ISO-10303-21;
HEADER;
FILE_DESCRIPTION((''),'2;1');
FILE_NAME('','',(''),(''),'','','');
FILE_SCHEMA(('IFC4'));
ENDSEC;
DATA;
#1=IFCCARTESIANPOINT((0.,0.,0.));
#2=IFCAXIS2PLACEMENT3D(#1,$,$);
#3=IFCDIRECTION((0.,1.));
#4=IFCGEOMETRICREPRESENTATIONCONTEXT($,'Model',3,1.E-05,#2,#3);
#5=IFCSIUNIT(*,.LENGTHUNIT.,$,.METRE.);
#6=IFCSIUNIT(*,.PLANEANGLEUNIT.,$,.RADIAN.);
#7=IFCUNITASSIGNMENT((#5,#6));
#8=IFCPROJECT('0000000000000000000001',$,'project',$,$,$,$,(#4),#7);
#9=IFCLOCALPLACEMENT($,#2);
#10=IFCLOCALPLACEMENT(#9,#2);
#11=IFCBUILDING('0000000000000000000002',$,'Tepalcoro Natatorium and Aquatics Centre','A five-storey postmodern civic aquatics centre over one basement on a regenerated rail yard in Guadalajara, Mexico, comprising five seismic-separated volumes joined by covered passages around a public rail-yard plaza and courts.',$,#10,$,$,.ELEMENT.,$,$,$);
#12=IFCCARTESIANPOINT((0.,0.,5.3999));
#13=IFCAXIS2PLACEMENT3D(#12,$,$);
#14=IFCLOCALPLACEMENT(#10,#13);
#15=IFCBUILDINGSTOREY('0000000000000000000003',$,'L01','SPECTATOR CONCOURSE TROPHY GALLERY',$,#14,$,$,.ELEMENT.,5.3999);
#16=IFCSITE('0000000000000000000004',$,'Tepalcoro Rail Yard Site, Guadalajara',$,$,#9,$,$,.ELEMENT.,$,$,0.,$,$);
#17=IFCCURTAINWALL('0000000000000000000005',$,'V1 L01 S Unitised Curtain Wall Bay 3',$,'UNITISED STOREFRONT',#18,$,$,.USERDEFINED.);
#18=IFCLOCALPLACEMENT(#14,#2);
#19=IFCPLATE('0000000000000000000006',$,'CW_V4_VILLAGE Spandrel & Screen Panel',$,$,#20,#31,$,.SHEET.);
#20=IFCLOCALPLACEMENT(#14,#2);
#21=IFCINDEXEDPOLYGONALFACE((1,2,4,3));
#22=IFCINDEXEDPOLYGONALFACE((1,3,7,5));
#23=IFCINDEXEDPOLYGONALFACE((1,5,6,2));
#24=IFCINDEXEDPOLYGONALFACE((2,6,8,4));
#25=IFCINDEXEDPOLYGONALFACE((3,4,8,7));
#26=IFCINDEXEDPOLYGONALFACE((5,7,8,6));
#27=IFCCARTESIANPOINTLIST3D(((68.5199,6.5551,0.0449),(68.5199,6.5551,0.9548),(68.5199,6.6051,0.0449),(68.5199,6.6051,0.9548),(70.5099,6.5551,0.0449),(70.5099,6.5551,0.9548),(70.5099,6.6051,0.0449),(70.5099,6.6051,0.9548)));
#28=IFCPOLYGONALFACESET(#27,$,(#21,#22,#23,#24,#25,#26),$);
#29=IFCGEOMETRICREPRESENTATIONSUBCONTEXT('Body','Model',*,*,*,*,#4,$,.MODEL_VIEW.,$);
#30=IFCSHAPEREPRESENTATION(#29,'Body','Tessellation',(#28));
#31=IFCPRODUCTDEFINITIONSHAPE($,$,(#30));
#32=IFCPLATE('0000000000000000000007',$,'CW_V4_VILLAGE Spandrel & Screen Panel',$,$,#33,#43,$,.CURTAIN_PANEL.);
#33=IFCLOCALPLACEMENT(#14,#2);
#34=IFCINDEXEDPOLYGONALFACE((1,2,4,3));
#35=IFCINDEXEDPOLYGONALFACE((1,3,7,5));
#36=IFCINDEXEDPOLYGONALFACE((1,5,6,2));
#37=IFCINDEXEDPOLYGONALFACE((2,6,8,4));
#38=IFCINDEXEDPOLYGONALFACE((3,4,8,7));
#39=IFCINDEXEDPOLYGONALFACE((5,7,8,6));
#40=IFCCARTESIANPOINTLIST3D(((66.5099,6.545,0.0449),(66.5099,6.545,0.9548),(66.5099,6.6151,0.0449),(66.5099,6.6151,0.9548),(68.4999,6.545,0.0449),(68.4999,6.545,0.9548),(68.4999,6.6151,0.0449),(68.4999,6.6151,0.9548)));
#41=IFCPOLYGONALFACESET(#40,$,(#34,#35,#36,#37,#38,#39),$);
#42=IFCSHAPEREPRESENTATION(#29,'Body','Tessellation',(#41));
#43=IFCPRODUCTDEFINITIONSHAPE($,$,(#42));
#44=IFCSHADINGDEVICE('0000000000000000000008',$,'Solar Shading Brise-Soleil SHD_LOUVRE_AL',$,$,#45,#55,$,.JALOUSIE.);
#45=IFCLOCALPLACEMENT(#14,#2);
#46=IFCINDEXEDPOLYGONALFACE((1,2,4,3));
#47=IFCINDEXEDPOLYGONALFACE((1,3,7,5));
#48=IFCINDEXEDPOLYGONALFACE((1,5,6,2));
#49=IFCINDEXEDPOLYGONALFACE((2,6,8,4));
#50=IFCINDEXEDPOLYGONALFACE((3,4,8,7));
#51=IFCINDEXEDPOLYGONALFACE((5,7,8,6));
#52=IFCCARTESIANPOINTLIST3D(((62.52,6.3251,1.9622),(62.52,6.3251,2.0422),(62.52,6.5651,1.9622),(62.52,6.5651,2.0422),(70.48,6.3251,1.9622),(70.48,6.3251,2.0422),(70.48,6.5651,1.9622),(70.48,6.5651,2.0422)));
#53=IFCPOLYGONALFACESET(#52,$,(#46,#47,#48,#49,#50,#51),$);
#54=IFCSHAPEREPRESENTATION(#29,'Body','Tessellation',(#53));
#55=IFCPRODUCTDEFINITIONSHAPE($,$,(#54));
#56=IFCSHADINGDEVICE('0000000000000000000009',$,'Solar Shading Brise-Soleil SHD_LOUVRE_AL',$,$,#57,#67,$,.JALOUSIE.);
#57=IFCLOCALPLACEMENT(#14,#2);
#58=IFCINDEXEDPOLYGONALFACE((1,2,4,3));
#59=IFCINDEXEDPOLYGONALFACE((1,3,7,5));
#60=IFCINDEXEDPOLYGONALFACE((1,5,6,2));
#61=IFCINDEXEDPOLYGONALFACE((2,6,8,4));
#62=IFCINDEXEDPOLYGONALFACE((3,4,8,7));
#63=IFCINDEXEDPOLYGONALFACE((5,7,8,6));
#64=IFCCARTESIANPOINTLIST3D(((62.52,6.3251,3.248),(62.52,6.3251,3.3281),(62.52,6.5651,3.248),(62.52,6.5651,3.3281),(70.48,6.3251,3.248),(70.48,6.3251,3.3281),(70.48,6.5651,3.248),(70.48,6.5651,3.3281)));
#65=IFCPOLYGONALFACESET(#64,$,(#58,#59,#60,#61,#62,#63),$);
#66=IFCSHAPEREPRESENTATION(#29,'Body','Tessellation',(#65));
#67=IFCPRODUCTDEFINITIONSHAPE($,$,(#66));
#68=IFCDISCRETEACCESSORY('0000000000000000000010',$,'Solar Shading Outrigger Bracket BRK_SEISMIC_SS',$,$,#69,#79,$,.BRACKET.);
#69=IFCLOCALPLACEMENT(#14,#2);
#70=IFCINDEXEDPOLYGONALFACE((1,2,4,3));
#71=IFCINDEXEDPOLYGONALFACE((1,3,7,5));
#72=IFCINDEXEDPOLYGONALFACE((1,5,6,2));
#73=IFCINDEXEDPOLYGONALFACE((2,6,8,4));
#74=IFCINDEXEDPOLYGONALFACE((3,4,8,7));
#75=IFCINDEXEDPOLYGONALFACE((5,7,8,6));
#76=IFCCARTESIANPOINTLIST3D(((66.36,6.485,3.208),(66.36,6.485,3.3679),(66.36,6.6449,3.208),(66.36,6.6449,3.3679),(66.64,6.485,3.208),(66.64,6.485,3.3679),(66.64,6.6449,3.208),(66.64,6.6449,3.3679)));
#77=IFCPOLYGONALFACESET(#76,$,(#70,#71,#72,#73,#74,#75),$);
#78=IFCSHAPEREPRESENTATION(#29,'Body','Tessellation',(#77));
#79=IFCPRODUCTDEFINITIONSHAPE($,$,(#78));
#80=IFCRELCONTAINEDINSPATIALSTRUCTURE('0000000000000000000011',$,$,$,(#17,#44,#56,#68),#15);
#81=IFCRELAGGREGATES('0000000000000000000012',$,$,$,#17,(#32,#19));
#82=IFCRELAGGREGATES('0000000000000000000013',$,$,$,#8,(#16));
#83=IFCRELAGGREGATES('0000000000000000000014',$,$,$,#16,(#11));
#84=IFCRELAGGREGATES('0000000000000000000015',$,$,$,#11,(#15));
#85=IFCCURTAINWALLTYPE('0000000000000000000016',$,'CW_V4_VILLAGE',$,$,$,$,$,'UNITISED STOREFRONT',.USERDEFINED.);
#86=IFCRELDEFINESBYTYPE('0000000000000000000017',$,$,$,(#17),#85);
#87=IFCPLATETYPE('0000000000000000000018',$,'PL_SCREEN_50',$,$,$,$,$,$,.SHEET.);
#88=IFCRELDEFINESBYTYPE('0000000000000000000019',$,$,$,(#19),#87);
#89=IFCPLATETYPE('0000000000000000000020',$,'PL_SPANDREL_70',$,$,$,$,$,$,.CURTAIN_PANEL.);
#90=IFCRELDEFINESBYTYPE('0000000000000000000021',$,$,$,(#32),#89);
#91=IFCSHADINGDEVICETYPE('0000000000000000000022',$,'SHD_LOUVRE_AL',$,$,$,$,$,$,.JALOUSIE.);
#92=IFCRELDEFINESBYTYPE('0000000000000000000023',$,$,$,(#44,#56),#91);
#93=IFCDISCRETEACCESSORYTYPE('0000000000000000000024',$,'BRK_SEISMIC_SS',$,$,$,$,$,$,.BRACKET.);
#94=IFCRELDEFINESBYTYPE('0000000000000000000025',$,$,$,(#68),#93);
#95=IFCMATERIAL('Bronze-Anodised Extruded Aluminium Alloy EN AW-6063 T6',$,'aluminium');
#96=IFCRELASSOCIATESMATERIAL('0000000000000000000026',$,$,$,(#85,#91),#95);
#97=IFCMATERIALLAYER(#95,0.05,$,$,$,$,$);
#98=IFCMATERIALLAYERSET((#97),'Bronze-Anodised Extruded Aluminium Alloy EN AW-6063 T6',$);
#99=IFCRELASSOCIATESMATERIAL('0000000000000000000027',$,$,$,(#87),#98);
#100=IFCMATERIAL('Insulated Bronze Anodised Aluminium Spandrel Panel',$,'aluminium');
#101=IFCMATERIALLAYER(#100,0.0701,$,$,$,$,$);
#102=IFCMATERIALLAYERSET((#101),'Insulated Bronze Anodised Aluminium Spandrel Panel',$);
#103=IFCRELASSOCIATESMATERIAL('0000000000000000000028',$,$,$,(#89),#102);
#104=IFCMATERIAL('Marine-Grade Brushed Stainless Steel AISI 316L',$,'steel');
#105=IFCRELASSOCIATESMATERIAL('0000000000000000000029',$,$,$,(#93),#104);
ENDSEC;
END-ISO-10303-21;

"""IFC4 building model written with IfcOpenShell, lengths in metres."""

from ifc_helpers import new_model, si_unit, direction, frame, origin, origin_2d, place, context, subcontext, project, spatial, rectangle, extrude, material, layer, layer_set, type_object, element, aggregate, save


model = new_model("IFC4")

# Units and contexts
model_context = context("Model", 3, precision=1e-05, world=origin(), true_north=direction((0.0, 1.0)))
body_context = subcontext(model_context, "Body", "Model", "MODEL_VIEW")
ifc_project = project(units=[si_unit("LENGTHUNIT", "METRE"), si_unit("PLANEANGLEUNIT", "RADIAN")], contexts=[model_context])

# Site, building, storey
site_placement = place(None, origin())
site = spatial("IfcSite", under=ifc_project, at=site_placement, Name="Tepalcoro Rail Yard Site, Guadalajara", CompositionType="ELEMENT", RefElevation=0.0)
building_placement = place(site_placement, origin())
building = spatial("IfcBuilding", under=site, at=building_placement, Name="Tepalcoro Natatorium and Aquatics Centre", Description="A five-storey postmodern civic aquatics centre over one basement on a regenerated rail yard in Guadalajara, Mexico, comprising five seismic-separated volumes joined by covered passages around a public rail-yard plaza and courts.", CompositionType="ELEMENT")
storey_placement = place(building_placement, frame((0.0, 0.0, 5.3999)))
storey = spatial("IfcBuildingStorey", under=building, at=storey_placement, Name="L01", Description="SPECTATOR CONCOURSE TROPHY GALLERY", CompositionType="ELEMENT", Elevation=5.3999)

# Curtain wall
ifc_material_1 = material(Name="Bronze-Anodised Extruded Aluminium Alloy EN AW-6063 T6", Category="aluminium")
curtain_wall_type = type_object("IfcCurtainWallType", Name="CW_V4_VILLAGE", ElementType="UNITISED STOREFRONT", PredefinedType="USERDEFINED", material=ifc_material_1)
curtain_wall_placement = place(storey_placement, origin())
curtain_wall = element("IfcCurtainWall", 1, at=curtain_wall_placement, inside=storey, type_object=curtain_wall_type, Name="V1 L01 S Unitised Curtain Wall Bay 3", ObjectType="UNITISED STOREFRONT", PredefinedType="USERDEFINED")

# Plates
ifc_layer_1 = layer(ifc_material_1, 0.05)
ifc_layer_set_1 = layer_set([ifc_layer_1], Name="Bronze-Anodised Extruded Aluminium Alloy EN AW-6063 T6")
plate_type_1 = type_object("IfcPlateType", Name="PL_SCREEN_50", PredefinedType="SHEET", material=ifc_layer_set_1)
plate_1_placement = place(storey_placement, frame((69.5149, 6.5801, 0.0449), z_axis=(0.0, 0.0, 1.0), x_axis=(1.0, 0.0, 0.0)))
plate_1 = element("IfcPlate", 2, at=plate_1_placement, type_object=plate_type_1, Name="CW_V4_VILLAGE Spandrel & Screen Panel", PredefinedType="SHEET", context=body_context, shape_type="SweptSolid", body=[
    extrude(rectangle(XDim=1.99, YDim=0.05, at=origin_2d()), origin(), (0.0, 0.0, 1.0), 0.9099),
])
ifc_material_2 = material(Name="Insulated Bronze Anodised Aluminium Spandrel Panel", Category="aluminium")
ifc_layer_2 = layer(ifc_material_2, 0.0701)
ifc_layer_set_2 = layer_set([ifc_layer_2], Name="Insulated Bronze Anodised Aluminium Spandrel Panel")
plate_type_2 = type_object("IfcPlateType", Name="PL_SPANDREL_70", PredefinedType="CURTAIN_PANEL", material=ifc_layer_set_2)
plate_2_placement = place(storey_placement, frame((67.5049, 6.5801, 0.0449), z_axis=(0.0, 0.0, 1.0), x_axis=(1.0, 0.0, 0.0)))
plate_2 = element("IfcPlate", 3, at=plate_2_placement, type_object=plate_type_2, Name="CW_V4_VILLAGE Spandrel & Screen Panel", PredefinedType="CURTAIN_PANEL", context=body_context, shape_type="SweptSolid", body=[
    extrude(rectangle(XDim=1.99, YDim=0.0701, at=origin_2d()), origin(), (0.0, 0.0, 1.0), 0.9099),
])
aggregate(curtain_wall, [plate_2, plate_1])

# Shading devices
shading_device_type = type_object("IfcShadingDeviceType", Name="SHD_LOUVRE_AL", PredefinedType="JALOUSIE", material=ifc_material_1)
for number, where, z_axis, x_axis, name in (
    (4, (66.5, 6.4451, 1.9622), (0.0, 0.0, 1.0), (1.0, 0.0, 0.0), "Solar Shading Brise-Soleil SHD_LOUVRE_AL"),
    (5, (66.5, 6.4451, 3.248), (0.0, 0.0, 1.0), (1.0, 0.0, 0.0), "Solar Shading Brise-Soleil SHD_LOUVRE_AL"),
):
    element("IfcShadingDevice", number, at=place(storey_placement, frame(where, z_axis=z_axis, x_axis=x_axis)), inside=storey, type_object=shading_device_type, Name=name, PredefinedType="JALOUSIE", context=body_context, shape_type="SweptSolid", body=[
        extrude(rectangle(XDim=7.96, YDim=0.24, at=origin_2d()), origin(), (0.0, 0.0, 1.0), 0.0801),
    ])

# Discrete accessory
ifc_material_3 = material(Name="Marine-Grade Brushed Stainless Steel AISI 316L", Category="steel")
discrete_accessory_type = type_object("IfcDiscreteAccessoryType", Name="BRK_SEISMIC_SS", PredefinedType="BRACKET", material=ifc_material_3)
discrete_accessory_placement = place(storey_placement, frame((66.5, 6.5649, 3.208), z_axis=(0.0, 0.0, 1.0), x_axis=(1.0, 0.0, 0.0)))
element("IfcDiscreteAccessory", 6, at=discrete_accessory_placement, inside=storey, type_object=discrete_accessory_type, Name="Solar Shading Outrigger Bracket BRK_SEISMIC_SS", PredefinedType="BRACKET", context=body_context, shape_type="SweptSolid", body=[
    extrude(rectangle(XDim=0.28, YDim=0.1599, at=origin_2d()), origin(), (0.0, 0.0, 1.0), 0.1599),
])

save(model, "model.ifc")
